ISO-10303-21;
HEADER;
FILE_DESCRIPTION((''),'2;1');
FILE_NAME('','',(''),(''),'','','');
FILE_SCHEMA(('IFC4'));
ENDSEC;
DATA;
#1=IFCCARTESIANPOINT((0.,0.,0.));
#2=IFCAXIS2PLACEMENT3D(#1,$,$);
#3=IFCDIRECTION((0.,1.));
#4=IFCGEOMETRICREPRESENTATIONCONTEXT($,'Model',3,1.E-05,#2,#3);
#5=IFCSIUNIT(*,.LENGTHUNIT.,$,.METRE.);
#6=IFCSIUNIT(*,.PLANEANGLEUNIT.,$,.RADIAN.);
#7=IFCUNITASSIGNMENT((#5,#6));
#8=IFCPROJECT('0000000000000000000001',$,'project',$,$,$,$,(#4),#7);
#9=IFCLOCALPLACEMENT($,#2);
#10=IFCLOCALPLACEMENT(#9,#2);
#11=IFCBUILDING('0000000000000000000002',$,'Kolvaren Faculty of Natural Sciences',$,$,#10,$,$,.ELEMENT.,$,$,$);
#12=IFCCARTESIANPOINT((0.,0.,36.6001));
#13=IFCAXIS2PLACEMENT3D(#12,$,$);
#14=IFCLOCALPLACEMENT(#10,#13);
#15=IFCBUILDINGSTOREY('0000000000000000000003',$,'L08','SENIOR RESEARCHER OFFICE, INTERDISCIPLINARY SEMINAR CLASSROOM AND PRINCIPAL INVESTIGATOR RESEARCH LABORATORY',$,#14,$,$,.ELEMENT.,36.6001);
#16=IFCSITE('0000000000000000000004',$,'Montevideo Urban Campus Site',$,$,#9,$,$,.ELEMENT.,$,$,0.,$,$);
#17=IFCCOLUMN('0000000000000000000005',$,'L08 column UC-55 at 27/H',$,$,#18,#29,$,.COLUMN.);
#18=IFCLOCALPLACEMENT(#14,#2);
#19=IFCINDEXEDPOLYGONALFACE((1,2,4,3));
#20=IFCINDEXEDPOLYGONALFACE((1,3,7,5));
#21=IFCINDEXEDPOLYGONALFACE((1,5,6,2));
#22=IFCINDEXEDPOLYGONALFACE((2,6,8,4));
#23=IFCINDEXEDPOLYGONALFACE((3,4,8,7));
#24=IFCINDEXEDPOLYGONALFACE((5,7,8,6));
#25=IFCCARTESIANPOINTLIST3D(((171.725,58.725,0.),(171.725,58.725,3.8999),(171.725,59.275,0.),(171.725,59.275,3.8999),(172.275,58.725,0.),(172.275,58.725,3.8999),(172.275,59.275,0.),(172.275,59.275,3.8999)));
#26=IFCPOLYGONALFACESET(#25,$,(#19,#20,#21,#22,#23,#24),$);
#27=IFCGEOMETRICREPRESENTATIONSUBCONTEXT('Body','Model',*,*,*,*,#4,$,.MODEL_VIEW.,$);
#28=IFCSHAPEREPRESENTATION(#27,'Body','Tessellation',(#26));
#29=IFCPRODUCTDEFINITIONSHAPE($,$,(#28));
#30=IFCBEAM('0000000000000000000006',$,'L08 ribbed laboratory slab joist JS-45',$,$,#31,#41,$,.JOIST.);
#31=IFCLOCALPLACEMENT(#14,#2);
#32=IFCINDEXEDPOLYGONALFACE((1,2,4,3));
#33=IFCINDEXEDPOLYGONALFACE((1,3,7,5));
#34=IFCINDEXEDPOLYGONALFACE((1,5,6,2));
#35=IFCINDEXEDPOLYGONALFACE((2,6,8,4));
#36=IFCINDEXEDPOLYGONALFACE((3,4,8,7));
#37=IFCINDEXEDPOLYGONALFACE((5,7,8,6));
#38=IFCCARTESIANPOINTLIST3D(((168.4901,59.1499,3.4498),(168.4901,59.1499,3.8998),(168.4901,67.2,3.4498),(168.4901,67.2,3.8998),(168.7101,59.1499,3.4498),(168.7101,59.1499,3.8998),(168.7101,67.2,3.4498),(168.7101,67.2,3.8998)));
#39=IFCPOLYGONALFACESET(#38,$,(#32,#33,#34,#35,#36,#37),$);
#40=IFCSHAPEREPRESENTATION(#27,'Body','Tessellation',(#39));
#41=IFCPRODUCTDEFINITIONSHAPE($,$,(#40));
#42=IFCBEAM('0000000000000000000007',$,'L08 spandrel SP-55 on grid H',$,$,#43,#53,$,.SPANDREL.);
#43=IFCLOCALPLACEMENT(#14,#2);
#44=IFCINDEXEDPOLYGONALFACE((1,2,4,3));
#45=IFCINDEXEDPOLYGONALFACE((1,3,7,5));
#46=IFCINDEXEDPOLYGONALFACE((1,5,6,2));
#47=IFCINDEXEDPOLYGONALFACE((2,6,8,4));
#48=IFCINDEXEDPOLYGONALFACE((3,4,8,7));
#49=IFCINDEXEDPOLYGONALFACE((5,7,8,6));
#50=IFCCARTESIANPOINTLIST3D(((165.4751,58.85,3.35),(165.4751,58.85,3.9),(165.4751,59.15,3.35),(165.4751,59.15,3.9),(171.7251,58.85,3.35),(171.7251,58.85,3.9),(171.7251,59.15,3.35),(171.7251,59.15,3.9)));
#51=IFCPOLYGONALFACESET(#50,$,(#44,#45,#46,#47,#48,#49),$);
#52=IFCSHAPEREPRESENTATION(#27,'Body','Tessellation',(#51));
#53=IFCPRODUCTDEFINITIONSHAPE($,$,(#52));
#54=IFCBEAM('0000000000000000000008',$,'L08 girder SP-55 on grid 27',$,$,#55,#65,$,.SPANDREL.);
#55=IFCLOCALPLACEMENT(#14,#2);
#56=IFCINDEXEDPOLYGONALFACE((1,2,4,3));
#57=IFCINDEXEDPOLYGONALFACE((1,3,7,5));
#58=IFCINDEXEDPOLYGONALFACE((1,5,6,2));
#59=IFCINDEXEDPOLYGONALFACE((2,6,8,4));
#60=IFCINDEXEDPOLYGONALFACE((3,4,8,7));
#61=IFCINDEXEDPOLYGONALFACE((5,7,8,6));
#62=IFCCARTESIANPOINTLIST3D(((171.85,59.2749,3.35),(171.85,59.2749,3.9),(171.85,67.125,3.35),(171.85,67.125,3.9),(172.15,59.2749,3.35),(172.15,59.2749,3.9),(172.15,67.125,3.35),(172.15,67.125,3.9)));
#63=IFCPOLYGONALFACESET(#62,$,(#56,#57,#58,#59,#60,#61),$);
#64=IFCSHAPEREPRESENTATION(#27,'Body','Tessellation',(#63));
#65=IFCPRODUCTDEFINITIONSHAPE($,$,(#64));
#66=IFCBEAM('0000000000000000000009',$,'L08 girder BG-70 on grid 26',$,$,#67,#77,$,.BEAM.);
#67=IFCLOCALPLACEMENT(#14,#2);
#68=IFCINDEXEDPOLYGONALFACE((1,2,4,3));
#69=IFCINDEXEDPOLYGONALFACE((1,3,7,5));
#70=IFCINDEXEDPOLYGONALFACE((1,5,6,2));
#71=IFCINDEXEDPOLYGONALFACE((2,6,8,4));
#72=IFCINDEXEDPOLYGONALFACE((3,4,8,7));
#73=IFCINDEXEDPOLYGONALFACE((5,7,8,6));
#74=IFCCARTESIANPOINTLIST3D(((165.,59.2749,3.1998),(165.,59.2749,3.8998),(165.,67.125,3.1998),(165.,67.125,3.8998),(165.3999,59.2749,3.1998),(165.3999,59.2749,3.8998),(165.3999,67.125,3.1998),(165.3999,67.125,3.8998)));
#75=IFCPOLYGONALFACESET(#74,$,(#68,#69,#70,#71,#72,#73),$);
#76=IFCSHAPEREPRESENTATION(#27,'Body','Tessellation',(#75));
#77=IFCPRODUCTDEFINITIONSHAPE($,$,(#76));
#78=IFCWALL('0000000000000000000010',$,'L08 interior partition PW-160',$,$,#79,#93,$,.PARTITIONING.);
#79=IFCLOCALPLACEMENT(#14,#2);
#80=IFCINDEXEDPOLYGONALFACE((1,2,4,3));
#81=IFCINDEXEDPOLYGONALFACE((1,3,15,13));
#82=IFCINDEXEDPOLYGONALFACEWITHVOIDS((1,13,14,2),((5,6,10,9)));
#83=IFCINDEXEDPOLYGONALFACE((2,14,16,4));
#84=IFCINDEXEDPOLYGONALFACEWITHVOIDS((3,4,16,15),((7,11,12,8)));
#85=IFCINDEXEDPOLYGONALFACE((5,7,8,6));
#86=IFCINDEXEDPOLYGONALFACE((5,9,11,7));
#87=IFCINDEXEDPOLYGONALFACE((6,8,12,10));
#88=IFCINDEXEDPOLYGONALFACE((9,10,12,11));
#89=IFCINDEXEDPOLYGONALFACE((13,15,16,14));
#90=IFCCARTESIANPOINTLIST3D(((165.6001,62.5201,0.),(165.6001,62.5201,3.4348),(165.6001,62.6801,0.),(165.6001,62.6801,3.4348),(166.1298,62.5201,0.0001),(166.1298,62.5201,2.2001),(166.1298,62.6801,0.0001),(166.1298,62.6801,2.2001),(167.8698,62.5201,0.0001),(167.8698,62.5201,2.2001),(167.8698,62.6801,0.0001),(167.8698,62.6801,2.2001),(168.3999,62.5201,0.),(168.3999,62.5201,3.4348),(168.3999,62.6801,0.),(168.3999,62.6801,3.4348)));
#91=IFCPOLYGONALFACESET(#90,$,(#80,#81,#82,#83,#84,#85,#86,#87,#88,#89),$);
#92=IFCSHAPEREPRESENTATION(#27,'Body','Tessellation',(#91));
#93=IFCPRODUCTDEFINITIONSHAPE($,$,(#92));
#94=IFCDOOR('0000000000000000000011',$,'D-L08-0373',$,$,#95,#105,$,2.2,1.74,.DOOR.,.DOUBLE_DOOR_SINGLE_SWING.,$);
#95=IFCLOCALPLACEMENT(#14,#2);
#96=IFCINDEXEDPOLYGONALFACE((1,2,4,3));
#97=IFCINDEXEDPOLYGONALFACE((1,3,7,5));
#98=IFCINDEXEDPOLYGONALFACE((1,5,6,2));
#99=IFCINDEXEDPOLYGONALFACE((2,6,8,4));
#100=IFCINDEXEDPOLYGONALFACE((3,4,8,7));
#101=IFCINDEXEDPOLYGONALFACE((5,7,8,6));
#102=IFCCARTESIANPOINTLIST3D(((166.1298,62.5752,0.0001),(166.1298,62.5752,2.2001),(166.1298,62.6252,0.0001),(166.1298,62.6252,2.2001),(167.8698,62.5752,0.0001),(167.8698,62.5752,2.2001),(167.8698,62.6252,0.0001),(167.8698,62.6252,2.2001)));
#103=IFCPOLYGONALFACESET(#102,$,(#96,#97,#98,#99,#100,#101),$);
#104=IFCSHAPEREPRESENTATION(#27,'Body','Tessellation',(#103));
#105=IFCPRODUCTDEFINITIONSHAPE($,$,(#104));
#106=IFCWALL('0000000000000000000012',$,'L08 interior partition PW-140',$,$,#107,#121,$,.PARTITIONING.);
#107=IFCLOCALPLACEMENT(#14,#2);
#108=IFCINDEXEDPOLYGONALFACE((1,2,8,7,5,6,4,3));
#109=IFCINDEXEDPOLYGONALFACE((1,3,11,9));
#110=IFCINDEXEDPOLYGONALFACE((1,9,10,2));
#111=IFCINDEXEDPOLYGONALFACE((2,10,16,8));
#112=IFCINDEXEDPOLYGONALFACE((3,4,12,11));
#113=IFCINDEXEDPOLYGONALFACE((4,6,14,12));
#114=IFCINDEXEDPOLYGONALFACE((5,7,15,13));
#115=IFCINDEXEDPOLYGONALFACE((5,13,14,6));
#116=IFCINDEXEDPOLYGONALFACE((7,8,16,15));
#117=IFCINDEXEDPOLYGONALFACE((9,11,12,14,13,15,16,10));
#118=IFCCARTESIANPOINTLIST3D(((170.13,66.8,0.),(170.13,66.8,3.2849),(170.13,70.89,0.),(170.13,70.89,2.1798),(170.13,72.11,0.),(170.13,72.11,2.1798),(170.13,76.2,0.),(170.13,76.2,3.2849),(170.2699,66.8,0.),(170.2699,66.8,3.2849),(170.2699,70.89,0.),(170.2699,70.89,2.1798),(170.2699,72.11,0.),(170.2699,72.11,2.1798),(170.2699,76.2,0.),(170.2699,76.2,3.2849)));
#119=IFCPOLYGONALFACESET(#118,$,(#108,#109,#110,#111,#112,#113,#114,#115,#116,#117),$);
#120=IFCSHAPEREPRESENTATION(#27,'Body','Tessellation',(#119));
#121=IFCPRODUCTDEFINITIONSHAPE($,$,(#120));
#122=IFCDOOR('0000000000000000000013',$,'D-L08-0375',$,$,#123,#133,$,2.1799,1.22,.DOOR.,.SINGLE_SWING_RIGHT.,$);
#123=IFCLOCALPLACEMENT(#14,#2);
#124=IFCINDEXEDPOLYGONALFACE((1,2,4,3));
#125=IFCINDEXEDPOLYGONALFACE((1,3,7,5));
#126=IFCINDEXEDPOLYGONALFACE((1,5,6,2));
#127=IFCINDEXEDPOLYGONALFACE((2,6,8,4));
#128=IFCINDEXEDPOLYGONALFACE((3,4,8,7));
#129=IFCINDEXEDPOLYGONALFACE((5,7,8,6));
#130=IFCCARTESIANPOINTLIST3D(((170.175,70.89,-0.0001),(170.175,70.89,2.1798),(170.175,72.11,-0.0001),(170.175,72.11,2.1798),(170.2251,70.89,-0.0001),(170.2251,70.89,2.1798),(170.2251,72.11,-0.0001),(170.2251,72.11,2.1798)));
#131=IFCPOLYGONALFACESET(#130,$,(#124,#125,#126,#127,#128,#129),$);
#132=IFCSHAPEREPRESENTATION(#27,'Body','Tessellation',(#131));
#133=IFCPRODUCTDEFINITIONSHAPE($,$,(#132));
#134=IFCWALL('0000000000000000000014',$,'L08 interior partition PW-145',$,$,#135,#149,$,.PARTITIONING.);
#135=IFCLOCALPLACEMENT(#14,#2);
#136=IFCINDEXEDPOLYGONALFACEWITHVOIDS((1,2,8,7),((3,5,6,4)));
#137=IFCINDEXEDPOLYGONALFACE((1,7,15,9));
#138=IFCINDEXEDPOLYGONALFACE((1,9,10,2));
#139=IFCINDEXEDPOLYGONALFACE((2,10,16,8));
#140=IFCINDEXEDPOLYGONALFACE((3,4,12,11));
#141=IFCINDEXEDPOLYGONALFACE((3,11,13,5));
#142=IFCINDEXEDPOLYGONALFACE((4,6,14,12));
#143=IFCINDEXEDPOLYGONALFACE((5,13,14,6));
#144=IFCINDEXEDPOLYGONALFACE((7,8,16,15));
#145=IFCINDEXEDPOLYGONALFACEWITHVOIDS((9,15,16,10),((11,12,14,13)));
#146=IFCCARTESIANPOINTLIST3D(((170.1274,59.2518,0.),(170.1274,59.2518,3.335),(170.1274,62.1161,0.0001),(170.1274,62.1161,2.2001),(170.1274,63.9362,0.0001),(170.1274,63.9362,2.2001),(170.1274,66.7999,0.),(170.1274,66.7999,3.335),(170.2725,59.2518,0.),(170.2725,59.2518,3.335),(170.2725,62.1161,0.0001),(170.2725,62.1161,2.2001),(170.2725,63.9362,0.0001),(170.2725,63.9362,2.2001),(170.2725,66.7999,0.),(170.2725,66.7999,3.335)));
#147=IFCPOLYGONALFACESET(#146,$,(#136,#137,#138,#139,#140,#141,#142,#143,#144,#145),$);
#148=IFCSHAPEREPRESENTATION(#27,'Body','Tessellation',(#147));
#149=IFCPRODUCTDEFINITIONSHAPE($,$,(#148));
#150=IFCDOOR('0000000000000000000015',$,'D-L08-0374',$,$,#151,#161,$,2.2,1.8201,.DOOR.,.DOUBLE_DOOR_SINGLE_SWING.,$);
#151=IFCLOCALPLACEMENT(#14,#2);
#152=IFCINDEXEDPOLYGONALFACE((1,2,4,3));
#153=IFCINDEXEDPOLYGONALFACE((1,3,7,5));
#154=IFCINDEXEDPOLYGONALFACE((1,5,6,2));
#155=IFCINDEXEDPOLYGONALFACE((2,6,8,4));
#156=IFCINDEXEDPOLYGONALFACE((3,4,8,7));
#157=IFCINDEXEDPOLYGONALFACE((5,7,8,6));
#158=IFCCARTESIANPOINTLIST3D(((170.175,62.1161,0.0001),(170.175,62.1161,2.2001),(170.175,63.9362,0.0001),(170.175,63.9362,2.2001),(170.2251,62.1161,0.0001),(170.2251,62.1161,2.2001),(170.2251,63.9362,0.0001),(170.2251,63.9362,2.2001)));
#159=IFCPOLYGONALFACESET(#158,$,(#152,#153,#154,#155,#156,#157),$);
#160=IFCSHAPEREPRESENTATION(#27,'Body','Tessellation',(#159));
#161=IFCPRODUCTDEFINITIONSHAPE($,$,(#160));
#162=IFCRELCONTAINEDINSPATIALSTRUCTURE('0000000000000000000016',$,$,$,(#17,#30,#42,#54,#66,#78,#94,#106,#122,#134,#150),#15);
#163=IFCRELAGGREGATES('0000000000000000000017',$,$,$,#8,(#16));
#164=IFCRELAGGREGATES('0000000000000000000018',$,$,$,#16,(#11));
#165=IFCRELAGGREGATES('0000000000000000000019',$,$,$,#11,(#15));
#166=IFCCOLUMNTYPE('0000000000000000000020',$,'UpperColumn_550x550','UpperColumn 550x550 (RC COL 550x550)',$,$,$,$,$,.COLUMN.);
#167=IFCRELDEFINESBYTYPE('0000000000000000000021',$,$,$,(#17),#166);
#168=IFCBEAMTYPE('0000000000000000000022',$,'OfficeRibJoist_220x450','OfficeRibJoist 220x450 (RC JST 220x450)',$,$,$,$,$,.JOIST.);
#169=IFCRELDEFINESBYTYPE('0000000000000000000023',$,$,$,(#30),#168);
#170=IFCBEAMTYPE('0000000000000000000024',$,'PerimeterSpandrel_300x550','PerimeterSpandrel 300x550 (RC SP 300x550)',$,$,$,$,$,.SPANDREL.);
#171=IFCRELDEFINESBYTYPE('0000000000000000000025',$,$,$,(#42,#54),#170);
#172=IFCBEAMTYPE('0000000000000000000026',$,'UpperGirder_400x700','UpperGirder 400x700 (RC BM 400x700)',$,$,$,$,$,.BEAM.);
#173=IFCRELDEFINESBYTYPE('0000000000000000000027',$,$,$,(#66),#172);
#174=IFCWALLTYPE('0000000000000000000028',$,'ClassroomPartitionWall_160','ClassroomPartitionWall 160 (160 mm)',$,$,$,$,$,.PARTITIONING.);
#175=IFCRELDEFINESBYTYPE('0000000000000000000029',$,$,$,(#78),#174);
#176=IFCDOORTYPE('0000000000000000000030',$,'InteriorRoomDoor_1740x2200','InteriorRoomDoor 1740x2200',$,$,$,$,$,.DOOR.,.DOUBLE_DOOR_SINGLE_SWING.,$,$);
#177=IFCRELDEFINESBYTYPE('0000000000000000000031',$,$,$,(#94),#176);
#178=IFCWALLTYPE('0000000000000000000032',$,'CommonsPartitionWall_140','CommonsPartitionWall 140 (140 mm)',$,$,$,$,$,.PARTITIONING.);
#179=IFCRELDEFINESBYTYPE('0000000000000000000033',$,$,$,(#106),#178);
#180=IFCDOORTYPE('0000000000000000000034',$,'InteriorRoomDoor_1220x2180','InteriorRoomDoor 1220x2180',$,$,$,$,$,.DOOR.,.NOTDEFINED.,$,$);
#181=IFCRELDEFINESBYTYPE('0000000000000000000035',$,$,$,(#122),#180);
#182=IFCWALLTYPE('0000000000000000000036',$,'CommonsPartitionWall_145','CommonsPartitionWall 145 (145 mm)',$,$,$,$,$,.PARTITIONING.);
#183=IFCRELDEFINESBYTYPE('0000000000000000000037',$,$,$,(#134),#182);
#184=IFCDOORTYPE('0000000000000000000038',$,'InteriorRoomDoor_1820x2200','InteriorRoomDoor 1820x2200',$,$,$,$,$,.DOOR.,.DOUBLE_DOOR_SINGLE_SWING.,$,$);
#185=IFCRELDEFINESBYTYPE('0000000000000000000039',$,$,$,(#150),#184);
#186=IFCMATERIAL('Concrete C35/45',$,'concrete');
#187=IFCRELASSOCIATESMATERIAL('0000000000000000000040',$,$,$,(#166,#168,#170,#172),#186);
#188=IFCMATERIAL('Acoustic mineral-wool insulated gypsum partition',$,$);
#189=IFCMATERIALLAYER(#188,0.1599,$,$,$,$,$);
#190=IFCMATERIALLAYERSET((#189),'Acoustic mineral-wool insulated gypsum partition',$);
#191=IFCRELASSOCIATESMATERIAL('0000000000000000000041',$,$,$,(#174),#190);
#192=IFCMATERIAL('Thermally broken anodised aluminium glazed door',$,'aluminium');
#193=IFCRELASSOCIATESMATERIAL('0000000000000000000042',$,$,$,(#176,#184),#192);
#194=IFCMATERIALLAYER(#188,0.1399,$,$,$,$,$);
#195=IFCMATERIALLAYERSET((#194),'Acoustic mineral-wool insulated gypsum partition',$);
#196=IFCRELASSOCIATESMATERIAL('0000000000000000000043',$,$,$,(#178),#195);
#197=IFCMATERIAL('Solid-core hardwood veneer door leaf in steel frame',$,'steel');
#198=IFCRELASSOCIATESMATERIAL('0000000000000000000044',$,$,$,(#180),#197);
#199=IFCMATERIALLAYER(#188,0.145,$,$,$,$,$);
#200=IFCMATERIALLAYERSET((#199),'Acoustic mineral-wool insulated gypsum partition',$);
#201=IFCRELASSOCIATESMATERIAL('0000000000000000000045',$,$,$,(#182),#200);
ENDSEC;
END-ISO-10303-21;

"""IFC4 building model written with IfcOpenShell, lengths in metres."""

from ifc_helpers import new_model, si_unit, direction, frame, frame_2d, origin, origin_2d, place, context, subcontext, project, spatial, rectangle, extrude, material, layer, layer_set, material_profile, profile_set, type_object, element, fill, save


model = new_model("IFC4")

# Units and contexts
model_context = context("Model", 3, precision=1e-05, world=origin(), true_north=direction((0.0, 1.0)))
body_context = subcontext(model_context, "Body", "Model", "MODEL_VIEW")
ifc_project = project(units=[si_unit("LENGTHUNIT", "METRE"), si_unit("PLANEANGLEUNIT", "RADIAN")], contexts=[model_context])

# Site, building, storey
site_placement = place(None, origin())
site = spatial("IfcSite", under=ifc_project, at=site_placement, Name="Montevideo Urban Campus Site", CompositionType="ELEMENT", RefElevation=0.0)
building_placement = place(site_placement, origin())
building = spatial("IfcBuilding", under=site, at=building_placement, Name="Kolvaren Faculty of Natural Sciences", CompositionType="ELEMENT")
storey_placement = place(building_placement, frame((0.0, 0.0, 36.6001)))
storey = spatial("IfcBuildingStorey", under=building, at=storey_placement, Name="L08", Description="SENIOR RESEARCHER OFFICE, INTERDISCIPLINARY SEMINAR CLASSROOM AND PRINCIPAL INVESTIGATOR RESEARCH LABORATORY", CompositionType="ELEMENT", Elevation=36.6001)

# Column
ifc_material_1 = material(Name="Concrete C35/45", Category="concrete")
ifc_material_profile_1 = material_profile(ifc_material_1, rectangle(XDim=0.55, YDim=0.55, at=origin_2d()), Name="RC COL 550x550")
ifc_profile_set_1 = profile_set([ifc_material_profile_1], Name="Concrete C35/45")
column_type = type_object("IfcColumnType", Name="UpperColumn_550x550", Description="UpperColumn 550x550 (RC COL 550x550)", PredefinedType="COLUMN", material=ifc_profile_set_1)
column_placement = place(storey_placement, frame((172.0, 59.0, 0.0), z_axis=(0.0, 0.0, 1.0), x_axis=(1.0, 0.0, 0.0)))
element("IfcColumn", 1, at=column_placement, inside=storey, type_object=column_type, Name="L08 column UC-55 at 27/H", PredefinedType="COLUMN", context=body_context, shape_type="SweptSolid", body=[
    extrude(rectangle(XDim=0.55, YDim=0.55, at=origin_2d()), origin(), (0.0, 0.0, 1.0), 3.8999),
])

# Beams
ifc_material_profile_2 = material_profile(ifc_material_1, rectangle(XDim=0.22, YDim=0.45, at=origin_2d()), Name="RC JST 220x450")
ifc_profile_set_2 = profile_set([ifc_material_profile_2], Name="Concrete C35/45")
beam_type_1 = type_object("IfcBeamType", Name="OfficeRibJoist_220x450", Description="OfficeRibJoist 220x450 (RC JST 220x450)", PredefinedType="JOIST", material=ifc_profile_set_2)
beam_1_placement = place(storey_placement, frame((168.6001, 59.1499, 3.6748), z_axis=(0.0, 1.0, 0.0), x_axis=(-1.0, 0.0, 0.0)))
element("IfcBeam", 2, at=beam_1_placement, inside=storey, type_object=beam_type_1, Name="L08 ribbed laboratory slab joist JS-45", PredefinedType="JOIST", context=body_context, shape_type="SweptSolid", body=[
    extrude(rectangle(XDim=0.22, YDim=0.45, at=origin_2d()), origin(), (0.0, 0.0, 1.0), 8.05),
])
ifc_material_profile_3 = material_profile(ifc_material_1, rectangle(XDim=0.3, YDim=0.55, at=origin_2d()), Name="RC SP 300x550")
ifc_profile_set_3 = profile_set([ifc_material_profile_3], Name="Concrete C35/45")
beam_type_2 = type_object("IfcBeamType", Name="PerimeterSpandrel_300x550", Description="PerimeterSpandrel 300x550 (RC SP 300x550)", PredefinedType="SPANDREL", material=ifc_profile_set_3)
beam_2_placement = place(storey_placement, frame((165.4751, 59.0, 3.625), z_axis=(1.0, 0.0, 0.0), x_axis=(0.0, 1.0, 0.0)))
element("IfcBeam", 3, at=beam_2_placement, inside=storey, type_object=beam_type_2, Name="L08 spandrel SP-55 on grid H", PredefinedType="SPANDREL", context=body_context, shape_type="SweptSolid", body=[
    extrude(rectangle(XDim=0.3, YDim=0.55, at=origin_2d()), origin(), (0.0, 0.0, 1.0), 6.25),
])
beam_3_placement = place(storey_placement, frame((172.0, 59.2749, 3.625), z_axis=(0.0, 1.0, 0.0), x_axis=(-1.0, 0.0, 0.0)))
element("IfcBeam", 4, at=beam_3_placement, inside=storey, type_object=beam_type_2, Name="L08 girder SP-55 on grid 27", PredefinedType="SPANDREL", context=body_context, shape_type="SweptSolid", body=[
    extrude(rectangle(XDim=0.3, YDim=0.55, at=origin_2d()), origin(), (0.0, 0.0, 1.0), 7.8501),
])
ifc_material_profile_4 = material_profile(ifc_material_1, rectangle(XDim=0.3999, YDim=0.7, at=origin_2d()), Name="RC BM 400x700")
ifc_profile_set_4 = profile_set([ifc_material_profile_4], Name="Concrete C35/45")
beam_type_3 = type_object("IfcBeamType", Name="UpperGirder_400x700", Description="UpperGirder 400x700 (RC BM 400x700)", PredefinedType="BEAM", material=ifc_profile_set_4)
beam_4_placement = place(storey_placement, frame((165.2, 59.2749, 3.5498), z_axis=(0.0, 1.0, 0.0), x_axis=(-1.0, 0.0, 0.0)))
element("IfcBeam", 5, at=beam_4_placement, inside=storey, type_object=beam_type_3, Name="L08 girder BG-70 on grid 26", PredefinedType="BEAM", context=body_context, shape_type="SweptSolid", body=[
    extrude(rectangle(XDim=0.3999, YDim=0.7, at=origin_2d()), origin(), (0.0, 0.0, 1.0), 7.8501),
])

# Walls, openings, doors
ifc_material_2 = material(Name="Acoustic mineral-wool insulated gypsum partition")
ifc_layer_1 = layer(ifc_material_2, 0.1599)
ifc_layer_set_1 = layer_set([ifc_layer_1], Name="Acoustic mineral-wool insulated gypsum partition")
wall_type_1 = type_object("IfcWallType", Name="ClassroomPartitionWall_160", Description="ClassroomPartitionWall 160 (160 mm)", PredefinedType="PARTITIONING", material=ifc_layer_set_1)
wall_1_placement = place(storey_placement, frame((168.3999, 62.6001, 0.0), z_axis=(0.0, 0.0, 1.0), x_axis=(-1.0, 0.0, 0.0)))
wall_1 = element("IfcWall", 6, at=wall_1_placement, inside=storey, type_object=wall_type_1, Name="L08 interior partition PW-160", PredefinedType="PARTITIONING", context=body_context, shape_type="SweptSolid", body=[
    extrude(rectangle(XDim=2.7998, YDim=0.1599, at=frame_2d((1.3999, 0.0))), origin(), (0.0, 0.0, 1.0), 3.4348),
])
opening_1_placement = place(wall_1_placement, frame((0.53, 0.0, 0.0)))
opening_1 = element("IfcOpeningElement", 7, at=opening_1_placement, cuts=wall_1, PredefinedType="OPENING", context=body_context, shape_type="SweptSolid", body=[
    extrude(rectangle(XDim=1.74, YDim=2.2, at=frame_2d((0.8701, 1.1001))), frame((0.0, 0.0898, 0.0), z_axis=(0.0, -1.0, 0.0), x_axis=(1.0, 0.0, 0.0)), (0.0, 0.0, 1.0), 0.1799),
])
ifc_material_3 = material(Name="Thermally broken anodised aluminium glazed door", Category="aluminium")
door_type_1 = type_object("IfcDoorType", Name="InteriorRoomDoor_1740x2200", Description="InteriorRoomDoor 1740x2200", OperationType="DOUBLE_DOOR_SINGLE_SWING", PredefinedType="DOOR", material=ifc_material_3)
door_1_placement = place(opening_1_placement, origin())
door_1 = element("IfcDoor", 8, at=door_1_placement, inside=storey, type_object=door_type_1, Name="D-L08-0373", OperationType="DOUBLE_DOOR_SINGLE_SWING", OverallHeight=2.2, OverallWidth=1.74, PredefinedType="DOOR", context=body_context, shape_type="SweptSolid", body=[
    extrude(rectangle(XDim=1.74, YDim=2.2, at=frame_2d((0.8701, 1.1001))), frame((0.0, 0.0249, 0.0), z_axis=(0.0, -1.0, 0.0), x_axis=(1.0, 0.0, 0.0)), (0.0, 0.0, 1.0), 0.05),
])
fill(opening_1, door_1)
ifc_layer_2 = layer(ifc_material_2, 0.1399)
ifc_layer_set_2 = layer_set([ifc_layer_2], Name="Acoustic mineral-wool insulated gypsum partition")
wall_type_2 = type_object("IfcWallType", Name="CommonsPartitionWall_140", Description="CommonsPartitionWall 140 (140 mm)", PredefinedType="PARTITIONING", material=ifc_layer_set_2)
wall_2_placement = place(storey_placement, frame((170.2, 66.8, 0.0), z_axis=(0.0, 0.0, 1.0), x_axis=(0.0, 1.0, 0.0)))
wall_2 = element("IfcWall", 9, at=wall_2_placement, inside=storey, type_object=wall_type_2, Name="L08 interior partition PW-140", PredefinedType="PARTITIONING", context=body_context, shape_type="SweptSolid", body=[
    extrude(rectangle(XDim=9.3999, YDim=0.1399, at=frame_2d((4.7, 0.0))), origin(), (0.0, 0.0, 1.0), 3.2849),
])
opening_2_placement = place(wall_2_placement, frame((4.0901, 0.0, 0.0)))
opening_2 = element("IfcOpeningElement", 10, at=opening_2_placement, cuts=wall_2, PredefinedType="OPENING", context=body_context, shape_type="SweptSolid", body=[
    extrude(rectangle(XDim=1.22, YDim=2.1799, at=frame_2d((0.6099, 1.0898))), frame((0.0, 0.0798, 0.0), z_axis=(0.0, -1.0, 0.0), x_axis=(1.0, 0.0, 0.0)), (0.0, 0.0, 1.0), 0.1599),
])
ifc_material_4 = material(Name="Solid-core hardwood veneer door leaf in steel frame", Category="steel")
door_type_2 = type_object("IfcDoorType", Name="InteriorRoomDoor_1220x2180", Description="InteriorRoomDoor 1220x2180", OperationType="NOTDEFINED", PredefinedType="DOOR", material=ifc_material_4)
door_2_placement = place(opening_2_placement, origin())
door_2 = element("IfcDoor", 11, at=door_2_placement, inside=storey, type_object=door_type_2, Name="D-L08-0375", OperationType="SINGLE_SWING_RIGHT", OverallHeight=2.1799, OverallWidth=1.22, PredefinedType="DOOR", context=body_context, shape_type="SweptSolid", body=[
    extrude(rectangle(XDim=1.22, YDim=2.1799, at=frame_2d((0.6099, 1.0898))), frame((0.0, 0.0249, 0.0), z_axis=(0.0, -1.0, 0.0), x_axis=(1.0, 0.0, 0.0)), (0.0, 0.0, 1.0), 0.05),
])
fill(opening_2, door_2)
ifc_layer_3 = layer(ifc_material_2, 0.145)
ifc_layer_set_3 = layer_set([ifc_layer_3], Name="Acoustic mineral-wool insulated gypsum partition")
wall_type_3 = type_object("IfcWallType", Name="CommonsPartitionWall_145", Description="CommonsPartitionWall 145 (145 mm)", PredefinedType="PARTITIONING", material=ifc_layer_set_3)
wall_3_placement = place(storey_placement, frame((170.2, 59.252, 0.0), z_axis=(0.0, 0.0, 1.0), x_axis=(0.0, 1.0, 0.0)))
wall_3 = element("IfcWall", 12, at=wall_3_placement, inside=storey, type_object=wall_type_3, Name="L08 interior partition PW-145", PredefinedType="PARTITIONING", context=body_context, shape_type="SweptSolid", body=[
    extrude(rectangle(XDim=7.5481, YDim=0.145, at=frame_2d((3.7739, 0.0))), origin(), (0.0, 0.0, 1.0), 3.335),
])
opening_3_placement = place(wall_3_placement, frame((2.864, 0.0, 0.0)))
opening_3 = element("IfcOpeningElement", 13, at=opening_3_placement, cuts=wall_3, PredefinedType="OPENING", context=body_context, shape_type="SweptSolid", body=[
    extrude(rectangle(XDim=1.8201, YDim=2.2, at=frame_2d((0.9102, 1.1001))), frame((0.0, 0.0825, 0.0), z_axis=(0.0, -1.0, 0.0), x_axis=(1.0, 0.0, 0.0)), (0.0, 0.0, 1.0), 0.165),
])
door_type_3 = type_object("IfcDoorType", Name="InteriorRoomDoor_1820x2200", Description="InteriorRoomDoor 1820x2200", OperationType="DOUBLE_DOOR_SINGLE_SWING", PredefinedType="DOOR", material=ifc_material_3)
door_3_placement = place(opening_3_placement, origin())
door_3 = element("IfcDoor", 14, at=door_3_placement, inside=storey, type_object=door_type_3, Name="D-L08-0374", OperationType="DOUBLE_DOOR_SINGLE_SWING", OverallHeight=2.2, OverallWidth=1.8201, PredefinedType="DOOR", context=body_context, shape_type="SweptSolid", body=[
    extrude(rectangle(XDim=1.8201, YDim=2.2, at=frame_2d((0.9102, 1.1001))), frame((0.0, 0.0249, 0.0), z_axis=(0.0, -1.0, 0.0), x_axis=(1.0, 0.0, 0.0)), (0.0, 0.0, 1.0), 0.05),
])
fill(opening_3, door_3)

save(model, "model.ifc")
